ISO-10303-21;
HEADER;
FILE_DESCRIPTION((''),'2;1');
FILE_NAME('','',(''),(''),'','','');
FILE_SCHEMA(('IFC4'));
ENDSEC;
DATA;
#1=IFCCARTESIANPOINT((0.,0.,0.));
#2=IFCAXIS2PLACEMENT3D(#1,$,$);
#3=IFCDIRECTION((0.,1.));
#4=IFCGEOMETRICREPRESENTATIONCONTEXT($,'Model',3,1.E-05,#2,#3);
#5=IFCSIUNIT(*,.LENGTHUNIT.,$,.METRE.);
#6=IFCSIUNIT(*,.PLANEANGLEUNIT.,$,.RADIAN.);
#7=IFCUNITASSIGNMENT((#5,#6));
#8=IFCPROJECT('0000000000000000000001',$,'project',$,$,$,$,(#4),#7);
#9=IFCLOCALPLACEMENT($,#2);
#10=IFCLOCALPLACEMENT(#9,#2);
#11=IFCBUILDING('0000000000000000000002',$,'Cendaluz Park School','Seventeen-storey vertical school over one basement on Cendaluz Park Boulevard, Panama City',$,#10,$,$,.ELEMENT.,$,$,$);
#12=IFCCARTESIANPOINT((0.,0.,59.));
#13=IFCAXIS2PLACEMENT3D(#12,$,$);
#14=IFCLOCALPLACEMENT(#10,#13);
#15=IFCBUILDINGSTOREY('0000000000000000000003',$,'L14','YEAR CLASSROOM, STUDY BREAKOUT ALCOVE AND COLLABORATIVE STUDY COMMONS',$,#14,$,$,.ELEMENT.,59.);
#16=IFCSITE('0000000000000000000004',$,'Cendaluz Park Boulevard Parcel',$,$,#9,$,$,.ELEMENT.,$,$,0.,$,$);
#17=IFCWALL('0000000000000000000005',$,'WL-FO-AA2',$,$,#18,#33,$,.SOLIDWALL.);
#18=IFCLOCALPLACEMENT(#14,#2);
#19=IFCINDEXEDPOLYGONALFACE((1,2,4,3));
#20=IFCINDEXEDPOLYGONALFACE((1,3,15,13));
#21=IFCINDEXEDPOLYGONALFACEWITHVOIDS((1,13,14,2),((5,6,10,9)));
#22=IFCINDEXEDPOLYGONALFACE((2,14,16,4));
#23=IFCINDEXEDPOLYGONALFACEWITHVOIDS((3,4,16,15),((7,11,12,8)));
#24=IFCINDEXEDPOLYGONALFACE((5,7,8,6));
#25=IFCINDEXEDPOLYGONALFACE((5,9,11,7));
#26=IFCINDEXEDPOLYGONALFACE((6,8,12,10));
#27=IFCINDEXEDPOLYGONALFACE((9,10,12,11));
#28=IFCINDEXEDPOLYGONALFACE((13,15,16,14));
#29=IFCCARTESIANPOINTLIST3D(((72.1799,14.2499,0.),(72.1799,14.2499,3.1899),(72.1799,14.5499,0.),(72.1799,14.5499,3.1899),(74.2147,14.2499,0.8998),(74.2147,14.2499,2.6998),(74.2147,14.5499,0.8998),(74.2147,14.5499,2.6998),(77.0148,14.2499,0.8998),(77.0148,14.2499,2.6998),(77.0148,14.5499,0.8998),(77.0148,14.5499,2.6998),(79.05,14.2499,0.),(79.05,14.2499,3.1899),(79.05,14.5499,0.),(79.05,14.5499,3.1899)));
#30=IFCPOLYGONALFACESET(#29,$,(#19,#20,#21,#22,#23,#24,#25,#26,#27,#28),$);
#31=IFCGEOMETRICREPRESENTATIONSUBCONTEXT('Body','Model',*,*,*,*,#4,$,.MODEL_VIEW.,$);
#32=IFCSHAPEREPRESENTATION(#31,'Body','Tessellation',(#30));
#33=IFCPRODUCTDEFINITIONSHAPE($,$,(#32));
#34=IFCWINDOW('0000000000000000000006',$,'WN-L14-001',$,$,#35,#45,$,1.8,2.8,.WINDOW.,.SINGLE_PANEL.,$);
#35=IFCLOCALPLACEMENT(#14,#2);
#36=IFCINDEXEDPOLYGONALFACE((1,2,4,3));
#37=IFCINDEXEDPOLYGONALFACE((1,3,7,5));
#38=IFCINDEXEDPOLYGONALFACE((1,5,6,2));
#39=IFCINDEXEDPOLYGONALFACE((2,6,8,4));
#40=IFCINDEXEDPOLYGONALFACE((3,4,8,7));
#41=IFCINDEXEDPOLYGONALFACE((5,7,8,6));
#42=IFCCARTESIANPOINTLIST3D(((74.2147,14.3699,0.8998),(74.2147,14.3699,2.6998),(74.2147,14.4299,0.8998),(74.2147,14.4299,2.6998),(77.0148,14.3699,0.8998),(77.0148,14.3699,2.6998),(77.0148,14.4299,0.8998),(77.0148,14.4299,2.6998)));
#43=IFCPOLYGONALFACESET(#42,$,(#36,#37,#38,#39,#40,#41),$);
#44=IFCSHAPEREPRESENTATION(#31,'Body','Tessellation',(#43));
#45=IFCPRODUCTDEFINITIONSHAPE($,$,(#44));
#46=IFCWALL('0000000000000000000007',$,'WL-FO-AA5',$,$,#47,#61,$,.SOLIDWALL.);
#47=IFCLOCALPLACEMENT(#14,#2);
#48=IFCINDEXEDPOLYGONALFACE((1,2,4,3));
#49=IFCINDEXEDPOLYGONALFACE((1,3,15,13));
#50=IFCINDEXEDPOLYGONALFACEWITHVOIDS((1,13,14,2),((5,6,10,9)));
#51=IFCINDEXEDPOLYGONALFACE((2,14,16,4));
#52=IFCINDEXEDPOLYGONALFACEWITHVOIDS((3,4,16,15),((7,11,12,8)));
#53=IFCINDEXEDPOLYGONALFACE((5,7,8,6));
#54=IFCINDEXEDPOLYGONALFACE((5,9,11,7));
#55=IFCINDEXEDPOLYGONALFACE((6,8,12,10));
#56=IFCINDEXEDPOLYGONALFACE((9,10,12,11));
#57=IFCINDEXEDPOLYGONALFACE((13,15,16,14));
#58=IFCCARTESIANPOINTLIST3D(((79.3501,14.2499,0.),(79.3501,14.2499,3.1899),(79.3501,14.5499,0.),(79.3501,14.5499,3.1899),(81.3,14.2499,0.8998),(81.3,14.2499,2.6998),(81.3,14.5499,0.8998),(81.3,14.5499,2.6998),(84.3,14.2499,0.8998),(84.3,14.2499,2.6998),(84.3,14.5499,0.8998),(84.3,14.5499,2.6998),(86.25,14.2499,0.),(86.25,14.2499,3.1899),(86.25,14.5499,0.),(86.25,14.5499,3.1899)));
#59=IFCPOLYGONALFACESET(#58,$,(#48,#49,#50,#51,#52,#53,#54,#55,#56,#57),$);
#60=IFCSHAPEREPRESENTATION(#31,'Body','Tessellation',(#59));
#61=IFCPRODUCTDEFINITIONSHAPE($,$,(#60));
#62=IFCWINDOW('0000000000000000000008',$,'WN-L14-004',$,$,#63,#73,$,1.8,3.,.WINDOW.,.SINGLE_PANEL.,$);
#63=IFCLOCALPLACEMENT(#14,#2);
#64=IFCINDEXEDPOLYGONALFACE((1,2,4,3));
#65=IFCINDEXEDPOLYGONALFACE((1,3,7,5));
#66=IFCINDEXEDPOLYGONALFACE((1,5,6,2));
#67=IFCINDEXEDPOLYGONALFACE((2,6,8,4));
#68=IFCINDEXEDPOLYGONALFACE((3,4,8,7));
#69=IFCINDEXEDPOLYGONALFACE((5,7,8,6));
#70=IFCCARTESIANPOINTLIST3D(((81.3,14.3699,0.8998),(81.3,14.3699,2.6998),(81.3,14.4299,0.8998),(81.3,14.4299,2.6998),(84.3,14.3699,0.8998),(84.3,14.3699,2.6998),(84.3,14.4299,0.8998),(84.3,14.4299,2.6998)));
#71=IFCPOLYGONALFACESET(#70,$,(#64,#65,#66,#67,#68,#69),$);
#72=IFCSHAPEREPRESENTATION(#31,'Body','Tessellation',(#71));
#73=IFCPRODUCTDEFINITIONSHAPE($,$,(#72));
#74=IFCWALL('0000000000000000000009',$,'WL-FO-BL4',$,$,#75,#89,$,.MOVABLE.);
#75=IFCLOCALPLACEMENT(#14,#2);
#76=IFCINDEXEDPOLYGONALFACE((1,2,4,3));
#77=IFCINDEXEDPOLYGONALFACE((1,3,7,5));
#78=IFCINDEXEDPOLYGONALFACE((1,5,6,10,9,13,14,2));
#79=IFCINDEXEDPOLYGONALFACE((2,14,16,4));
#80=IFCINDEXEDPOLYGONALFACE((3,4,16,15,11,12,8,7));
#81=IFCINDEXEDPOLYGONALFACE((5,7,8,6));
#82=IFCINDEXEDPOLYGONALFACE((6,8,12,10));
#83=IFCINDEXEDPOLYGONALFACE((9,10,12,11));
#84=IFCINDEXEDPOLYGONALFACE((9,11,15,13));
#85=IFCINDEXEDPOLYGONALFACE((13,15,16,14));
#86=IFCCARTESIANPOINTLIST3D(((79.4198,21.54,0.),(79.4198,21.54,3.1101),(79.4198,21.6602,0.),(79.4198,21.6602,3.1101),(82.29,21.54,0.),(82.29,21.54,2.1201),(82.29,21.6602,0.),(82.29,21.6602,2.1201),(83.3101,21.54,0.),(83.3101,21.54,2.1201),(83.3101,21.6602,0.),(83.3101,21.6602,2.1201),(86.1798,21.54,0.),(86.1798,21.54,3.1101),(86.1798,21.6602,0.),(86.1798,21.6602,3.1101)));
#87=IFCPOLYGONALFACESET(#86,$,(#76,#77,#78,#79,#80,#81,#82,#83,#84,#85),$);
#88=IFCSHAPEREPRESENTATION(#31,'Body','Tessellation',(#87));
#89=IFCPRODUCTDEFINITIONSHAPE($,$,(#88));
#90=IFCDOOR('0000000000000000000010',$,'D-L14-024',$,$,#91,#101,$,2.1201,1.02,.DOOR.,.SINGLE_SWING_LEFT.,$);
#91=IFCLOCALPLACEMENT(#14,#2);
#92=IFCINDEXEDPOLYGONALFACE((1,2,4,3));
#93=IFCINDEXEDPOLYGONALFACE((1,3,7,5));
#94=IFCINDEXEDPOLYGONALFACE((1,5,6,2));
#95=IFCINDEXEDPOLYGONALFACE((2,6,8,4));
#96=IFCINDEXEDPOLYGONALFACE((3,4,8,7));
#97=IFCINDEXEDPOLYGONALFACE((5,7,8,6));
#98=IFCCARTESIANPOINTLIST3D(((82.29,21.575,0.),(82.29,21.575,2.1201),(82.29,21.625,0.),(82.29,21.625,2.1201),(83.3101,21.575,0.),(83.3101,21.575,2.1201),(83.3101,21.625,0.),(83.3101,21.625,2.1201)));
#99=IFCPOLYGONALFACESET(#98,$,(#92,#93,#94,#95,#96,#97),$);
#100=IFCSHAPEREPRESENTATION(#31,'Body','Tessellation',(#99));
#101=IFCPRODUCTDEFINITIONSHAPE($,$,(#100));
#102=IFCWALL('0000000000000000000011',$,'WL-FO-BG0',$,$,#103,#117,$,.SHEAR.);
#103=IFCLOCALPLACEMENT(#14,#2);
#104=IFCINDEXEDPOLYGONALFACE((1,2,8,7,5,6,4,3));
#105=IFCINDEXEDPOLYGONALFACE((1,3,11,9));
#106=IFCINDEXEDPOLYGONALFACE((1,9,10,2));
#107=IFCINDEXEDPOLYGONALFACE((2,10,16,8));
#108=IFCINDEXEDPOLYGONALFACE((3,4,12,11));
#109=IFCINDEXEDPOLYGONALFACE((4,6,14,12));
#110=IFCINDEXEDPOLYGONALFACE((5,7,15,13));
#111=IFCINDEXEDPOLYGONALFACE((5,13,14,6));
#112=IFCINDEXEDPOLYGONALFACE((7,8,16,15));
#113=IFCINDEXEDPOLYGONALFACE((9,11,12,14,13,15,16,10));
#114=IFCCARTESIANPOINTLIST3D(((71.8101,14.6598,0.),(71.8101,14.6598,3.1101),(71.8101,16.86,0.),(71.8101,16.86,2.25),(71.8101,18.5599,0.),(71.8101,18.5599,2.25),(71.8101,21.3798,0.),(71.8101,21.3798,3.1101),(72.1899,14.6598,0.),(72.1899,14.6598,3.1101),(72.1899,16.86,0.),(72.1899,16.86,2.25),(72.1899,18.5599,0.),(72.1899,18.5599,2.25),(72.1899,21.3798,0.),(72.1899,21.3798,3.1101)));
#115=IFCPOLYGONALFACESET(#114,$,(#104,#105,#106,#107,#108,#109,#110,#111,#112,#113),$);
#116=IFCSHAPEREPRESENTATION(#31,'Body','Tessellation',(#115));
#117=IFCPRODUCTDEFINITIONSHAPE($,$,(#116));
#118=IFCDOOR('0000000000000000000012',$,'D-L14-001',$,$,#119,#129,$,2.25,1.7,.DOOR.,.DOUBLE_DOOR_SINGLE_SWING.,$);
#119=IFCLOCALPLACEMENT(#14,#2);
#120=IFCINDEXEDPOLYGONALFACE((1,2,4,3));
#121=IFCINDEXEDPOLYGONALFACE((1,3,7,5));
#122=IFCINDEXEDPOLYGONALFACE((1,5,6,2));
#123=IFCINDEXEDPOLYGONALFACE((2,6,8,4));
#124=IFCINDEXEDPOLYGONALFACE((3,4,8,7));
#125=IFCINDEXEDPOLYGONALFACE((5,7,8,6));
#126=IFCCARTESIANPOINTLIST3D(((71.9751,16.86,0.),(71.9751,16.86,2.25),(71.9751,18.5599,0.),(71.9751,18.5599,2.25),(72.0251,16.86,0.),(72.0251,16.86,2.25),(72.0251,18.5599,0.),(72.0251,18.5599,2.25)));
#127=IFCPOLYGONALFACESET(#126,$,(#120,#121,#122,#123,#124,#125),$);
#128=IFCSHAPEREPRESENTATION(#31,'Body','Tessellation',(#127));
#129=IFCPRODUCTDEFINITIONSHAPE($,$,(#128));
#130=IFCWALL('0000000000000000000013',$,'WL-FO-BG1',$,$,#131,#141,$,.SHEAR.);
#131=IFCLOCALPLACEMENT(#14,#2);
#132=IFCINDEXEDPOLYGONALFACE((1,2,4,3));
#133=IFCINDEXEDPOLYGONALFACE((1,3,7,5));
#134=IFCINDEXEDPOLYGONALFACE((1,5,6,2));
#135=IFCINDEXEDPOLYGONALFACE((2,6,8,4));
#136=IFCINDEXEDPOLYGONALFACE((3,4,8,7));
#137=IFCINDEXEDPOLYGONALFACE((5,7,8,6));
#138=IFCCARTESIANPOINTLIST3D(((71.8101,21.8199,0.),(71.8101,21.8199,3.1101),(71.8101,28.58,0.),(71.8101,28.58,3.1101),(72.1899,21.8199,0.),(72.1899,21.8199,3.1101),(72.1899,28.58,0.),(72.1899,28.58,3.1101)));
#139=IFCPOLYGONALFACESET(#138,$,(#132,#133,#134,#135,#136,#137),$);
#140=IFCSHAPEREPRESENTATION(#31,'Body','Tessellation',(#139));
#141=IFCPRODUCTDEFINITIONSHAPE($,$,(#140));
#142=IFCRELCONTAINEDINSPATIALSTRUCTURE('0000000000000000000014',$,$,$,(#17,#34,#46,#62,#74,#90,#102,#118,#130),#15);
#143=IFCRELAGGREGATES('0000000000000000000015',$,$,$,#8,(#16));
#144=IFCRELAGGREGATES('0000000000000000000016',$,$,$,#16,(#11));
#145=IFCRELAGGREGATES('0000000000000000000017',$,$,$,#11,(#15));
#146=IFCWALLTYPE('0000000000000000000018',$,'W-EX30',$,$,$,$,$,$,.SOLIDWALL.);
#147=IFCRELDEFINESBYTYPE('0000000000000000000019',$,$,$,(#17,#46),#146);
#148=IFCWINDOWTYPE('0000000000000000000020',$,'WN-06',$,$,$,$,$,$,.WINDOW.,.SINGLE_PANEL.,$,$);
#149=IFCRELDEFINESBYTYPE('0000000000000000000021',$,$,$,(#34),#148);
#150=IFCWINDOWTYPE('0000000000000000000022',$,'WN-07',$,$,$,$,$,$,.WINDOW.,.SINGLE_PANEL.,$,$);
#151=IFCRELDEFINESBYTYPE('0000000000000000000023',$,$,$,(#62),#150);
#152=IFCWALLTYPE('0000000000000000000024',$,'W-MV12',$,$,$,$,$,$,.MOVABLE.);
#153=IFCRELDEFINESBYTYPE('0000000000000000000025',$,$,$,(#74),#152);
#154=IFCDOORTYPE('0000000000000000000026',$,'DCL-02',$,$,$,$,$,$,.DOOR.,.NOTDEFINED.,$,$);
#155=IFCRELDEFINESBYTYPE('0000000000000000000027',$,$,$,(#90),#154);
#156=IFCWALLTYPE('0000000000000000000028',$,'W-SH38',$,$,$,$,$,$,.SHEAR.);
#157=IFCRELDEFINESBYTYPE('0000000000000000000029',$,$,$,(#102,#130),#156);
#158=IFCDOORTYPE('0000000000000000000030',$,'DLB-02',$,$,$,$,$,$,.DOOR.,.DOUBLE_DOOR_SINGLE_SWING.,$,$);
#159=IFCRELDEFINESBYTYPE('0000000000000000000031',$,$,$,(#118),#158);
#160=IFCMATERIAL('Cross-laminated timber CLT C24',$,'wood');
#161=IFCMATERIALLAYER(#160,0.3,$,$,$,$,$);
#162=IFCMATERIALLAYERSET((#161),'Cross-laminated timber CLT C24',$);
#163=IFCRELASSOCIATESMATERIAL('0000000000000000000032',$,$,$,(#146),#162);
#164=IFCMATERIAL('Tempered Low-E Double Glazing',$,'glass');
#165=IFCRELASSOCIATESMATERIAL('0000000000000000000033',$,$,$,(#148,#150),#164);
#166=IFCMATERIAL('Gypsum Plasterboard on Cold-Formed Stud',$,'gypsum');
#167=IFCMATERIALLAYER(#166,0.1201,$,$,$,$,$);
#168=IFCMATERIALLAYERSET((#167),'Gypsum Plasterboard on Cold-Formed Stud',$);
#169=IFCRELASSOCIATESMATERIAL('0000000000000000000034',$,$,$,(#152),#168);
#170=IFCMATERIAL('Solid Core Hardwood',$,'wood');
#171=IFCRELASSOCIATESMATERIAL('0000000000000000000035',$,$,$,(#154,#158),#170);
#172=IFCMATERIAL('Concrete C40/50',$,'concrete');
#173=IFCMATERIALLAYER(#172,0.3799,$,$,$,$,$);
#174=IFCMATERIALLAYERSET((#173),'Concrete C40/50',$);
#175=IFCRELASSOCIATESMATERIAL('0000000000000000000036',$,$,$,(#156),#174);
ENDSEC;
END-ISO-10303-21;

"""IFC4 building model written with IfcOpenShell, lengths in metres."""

from ifc_helpers import new_model, si_unit, direction, frame, frame_2d, origin, place, context, subcontext, project, spatial, rectangle, extrude, material, layer, layer_set, type_object, element, fill, save


model = new_model("IFC4")

# Units and contexts
model_context = context("Model", 3, precision=1e-05, world=origin(), true_north=direction((0.0, 1.0)))
body_context = subcontext(model_context, "Body", "Model", "MODEL_VIEW")
ifc_project = project(units=[si_unit("LENGTHUNIT", "METRE"), si_unit("PLANEANGLEUNIT", "RADIAN")], contexts=[model_context])

# Site, building, storey
site_placement = place(None, origin())
site = spatial("IfcSite", under=ifc_project, at=site_placement, Name="Cendaluz Park Boulevard Parcel", CompositionType="ELEMENT", RefElevation=0.0)
building_placement = place(site_placement, origin())
building = spatial("IfcBuilding", under=site, at=building_placement, Name="Cendaluz Park School", Description="Seventeen-storey vertical school over one basement on Cendaluz Park Boulevard, Panama City", CompositionType="ELEMENT")
storey_placement = place(building_placement, frame((0.0, 0.0, 59.0)))
storey = spatial("IfcBuildingStorey", under=building, at=storey_placement, Name="L14", Description="YEAR CLASSROOM, STUDY BREAKOUT ALCOVE AND COLLABORATIVE STUDY COMMONS", CompositionType="ELEMENT", Elevation=59.0)

# Walls, openings, windows
ifc_material_1 = material(Name="Cross-laminated timber CLT C24", Category="wood")
ifc_layer_1 = layer(ifc_material_1, 0.3)
ifc_layer_set_1 = layer_set([ifc_layer_1], Name="Cross-laminated timber CLT C24")
wall_type_1 = type_object("IfcWallType", Name="W-EX30", PredefinedType="SOLIDWALL", material=ifc_layer_set_1)
wall_1_placement = place(storey_placement, frame((72.1799, 14.3999, 0.0), z_axis=(0.0, 0.0, 1.0), x_axis=(1.0, 0.0, 0.0)))
wall_1 = element("IfcWall", 1, at=wall_1_placement, inside=storey, type_object=wall_type_1, Name="WL-FO-AA2", PredefinedType="SOLIDWALL", context=body_context, shape_type="SweptSolid", body=[
    extrude(rectangle(XDim=6.8701, YDim=0.3, at=frame_2d((3.4351, 0.0))), origin(), (0.0, 0.0, 1.0), 3.1899),
])
opening_1_placement = place(wall_1_placement, frame((2.0349, 0.0, 0.8999)))
opening_1 = element("IfcOpeningElement", 2, at=opening_1_placement, cuts=wall_1, PredefinedType="OPENING", context=body_context, shape_type="SweptSolid", body=[
    extrude(rectangle(XDim=2.8, YDim=1.8, at=frame_2d((1.3999, 0.8999))), frame((0.0, 0.1621, 0.0), z_axis=(0.0, -1.0, 0.0), x_axis=(1.0, 0.0, 0.0)), (0.0, 0.0, 1.0), 0.324),
])
ifc_material_2 = material(Name="Tempered Low-E Double Glazing", Category="glass")
window_type_1 = type_object("IfcWindowType", Name="WN-06", PartitioningType="SINGLE_PANEL", PredefinedType="WINDOW", material=ifc_material_2)
window_1_placement = place(opening_1_placement, origin())
window_1 = element("IfcWindow", 3, at=window_1_placement, inside=storey, type_object=window_type_1, Name="WN-L14-001", OverallHeight=1.8, OverallWidth=2.8, PartitioningType="SINGLE_PANEL", PredefinedType="WINDOW", context=body_context, shape_type="SweptSolid", body=[
    extrude(rectangle(XDim=2.8, YDim=1.8, at=frame_2d((1.3999, 0.8999))), frame((0.0, 0.03, 0.0), z_axis=(0.0, -1.0, 0.0), x_axis=(1.0, 0.0, 0.0)), (0.0, 0.0, 1.0), 0.0601),
])
fill(opening_1, window_1)
wall_2_placement = place(storey_placement, frame((79.3501, 14.3999, 0.0), z_axis=(0.0, 0.0, 1.0), x_axis=(1.0, 0.0, 0.0)))
wall_2 = element("IfcWall", 4, at=wall_2_placement, inside=storey, type_object=wall_type_1, Name="WL-FO-AA5", PredefinedType="SOLIDWALL", context=body_context, shape_type="SweptSolid", body=[
    extrude(rectangle(XDim=6.8999, YDim=0.3, at=frame_2d((3.45, 0.0))), origin(), (0.0, 0.0, 1.0), 3.1899),
])
opening_2_placement = place(wall_2_placement, frame((1.95, 0.0, 0.8999)))
opening_2 = element("IfcOpeningElement", 5, at=opening_2_placement, cuts=wall_2, PredefinedType="OPENING", context=body_context, shape_type="SweptSolid", body=[
    extrude(rectangle(XDim=3.0, YDim=1.8, at=frame_2d((1.5, 0.8999))), frame((0.0, 0.1621, 0.0), z_axis=(0.0, -1.0, 0.0), x_axis=(1.0, 0.0, 0.0)), (0.0, 0.0, 1.0), 0.324),
])
window_type_2 = type_object("IfcWindowType", Name="WN-07", PartitioningType="SINGLE_PANEL", PredefinedType="WINDOW", material=ifc_material_2)
window_2_placement = place(opening_2_placement, origin())
window_2 = element("IfcWindow", 6, at=window_2_placement, inside=storey, type_object=window_type_2, Name="WN-L14-004", OverallHeight=1.8, OverallWidth=3.0, PartitioningType="SINGLE_PANEL", PredefinedType="WINDOW", context=body_context, shape_type="SweptSolid", body=[
    extrude(rectangle(XDim=3.0, YDim=1.8, at=frame_2d((1.5, 0.8999))), frame((0.0, 0.03, 0.0), z_axis=(0.0, -1.0, 0.0), x_axis=(1.0, 0.0, 0.0)), (0.0, 0.0, 1.0), 0.0601),
])
fill(opening_2, window_2)

# Walls, openings, doors
ifc_material_3 = material(Name="Gypsum Plasterboard on Cold-Formed Stud", Category="gypsum")
ifc_layer_2 = layer(ifc_material_3, 0.1201)
ifc_layer_set_2 = layer_set([ifc_layer_2], Name="Gypsum Plasterboard on Cold-Formed Stud")
wall_type_2 = type_object("IfcWallType", Name="W-MV12", PredefinedType="MOVABLE", material=ifc_layer_set_2)
wall_3_placement = place(storey_placement, frame((79.4199, 21.6001, 0.0), z_axis=(0.0, 0.0, 1.0), x_axis=(1.0, 0.0, 0.0)))
wall_3 = element("IfcWall", 7, at=wall_3_placement, inside=storey, type_object=wall_type_2, Name="WL-FO-BL4", PredefinedType="MOVABLE", context=body_context, shape_type="SweptSolid", body=[
    extrude(rectangle(XDim=6.76, YDim=0.1201, at=frame_2d((3.3799, 0.0))), origin(), (0.0, 0.0, 1.0), 3.1101),
])
opening_3_placement = place(wall_3_placement, frame((2.8701, 0.0, 0.0)))
opening_3 = element("IfcOpeningElement", 8, at=opening_3_placement, cuts=wall_3, PredefinedType="OPENING", context=body_context, shape_type="SweptSolid", body=[
    extrude(rectangle(XDim=1.02, YDim=2.1201, at=frame_2d((0.51, 1.0601))), frame((0.0, 0.072, 0.0), z_axis=(0.0, -1.0, 0.0), x_axis=(1.0, 0.0, 0.0)), (0.0, 0.0, 1.0), 0.144),
])
ifc_material_4 = material(Name="Solid Core Hardwood", Category="wood")
door_type_1 = type_object("IfcDoorType", Name="DCL-02", OperationType="NOTDEFINED", PredefinedType="DOOR", material=ifc_material_4)
door_1_placement = place(opening_3_placement, origin())
door_1 = element("IfcDoor", 9, at=door_1_placement, inside=storey, type_object=door_type_1, Name="D-L14-024", OperationType="SINGLE_SWING_LEFT", OverallHeight=2.1201, OverallWidth=1.02, PredefinedType="DOOR", context=body_context, shape_type="SweptSolid", body=[
    extrude(rectangle(XDim=1.02, YDim=2.1201, at=frame_2d((0.51, 1.0601))), frame((0.0, 0.0249, 0.0), z_axis=(0.0, -1.0, 0.0), x_axis=(1.0, 0.0, 0.0)), (0.0, 0.0, 1.0), 0.05),
])
fill(opening_3, door_1)
ifc_material_5 = material(Name="Concrete C40/50", Category="concrete")
ifc_layer_3 = layer(ifc_material_5, 0.3799)
ifc_layer_set_3 = layer_set([ifc_layer_3], Name="Concrete C40/50")
wall_type_3 = type_object("IfcWallType", Name="W-SH38", PredefinedType="SHEAR", material=ifc_layer_set_3)
wall_4_placement = place(storey_placement, frame((72.0, 14.6599, 0.0), z_axis=(0.0, 0.0, 1.0), x_axis=(0.0, 1.0, 0.0)))
wall_4 = element("IfcWall", 10, at=wall_4_placement, inside=storey, type_object=wall_type_3, Name="WL-FO-BG0", PredefinedType="SHEAR", context=body_context, shape_type="SweptSolid", body=[
    extrude(rectangle(XDim=6.72, YDim=0.3799, at=frame_2d((3.3599, 0.0))), origin(), (0.0, 0.0, 1.0), 3.1101),
])
opening_4_placement = place(wall_4_placement, frame((2.2, 0.0, 0.0)))
opening_4 = element("IfcOpeningElement", 11, at=opening_4_placement, cuts=wall_4, PredefinedType="OPENING", context=body_context, shape_type="SweptSolid", body=[
    extrude(rectangle(XDim=1.7, YDim=2.25, at=frame_2d((0.8501, 1.125))), frame((0.0, 0.2019, 0.0), z_axis=(0.0, -1.0, 0.0), x_axis=(1.0, 0.0, 0.0)), (0.0, 0.0, 1.0), 0.4038),
])
door_type_2 = type_object("IfcDoorType", Name="DLB-02", OperationType="DOUBLE_DOOR_SINGLE_SWING", PredefinedType="DOOR", material=ifc_material_4)
door_2_placement = place(opening_4_placement, origin())
door_2 = element("IfcDoor", 12, at=door_2_placement, inside=storey, type_object=door_type_2, Name="D-L14-001", OperationType="DOUBLE_DOOR_SINGLE_SWING", OverallHeight=2.25, OverallWidth=1.7, PredefinedType="DOOR", context=body_context, shape_type="SweptSolid", body=[
    extrude(rectangle(XDim=1.7, YDim=2.25, at=frame_2d((0.8501, 1.125))), frame((0.0, 0.0249, 0.0), z_axis=(0.0, -1.0, 0.0), x_axis=(1.0, 0.0, 0.0)), (0.0, 0.0, 1.0), 0.05),
])
fill(opening_4, door_2)

# Wall
wall_5_placement = place(storey_placement, frame((72.0, 21.8201, 0.0), z_axis=(0.0, 0.0, 1.0), x_axis=(0.0, 1.0, 0.0)))
element("IfcWall", 13, at=wall_5_placement, inside=storey, type_object=wall_type_3, Name="WL-FO-BG1", PredefinedType="SHEAR", context=body_context, shape_type="SweptSolid", body=[
    extrude(rectangle(XDim=6.76, YDim=0.3799, at=frame_2d((3.3799, 0.0))), origin(), (0.0, 0.0, 1.0), 3.1101),
])

save(model, "model.ifc")
